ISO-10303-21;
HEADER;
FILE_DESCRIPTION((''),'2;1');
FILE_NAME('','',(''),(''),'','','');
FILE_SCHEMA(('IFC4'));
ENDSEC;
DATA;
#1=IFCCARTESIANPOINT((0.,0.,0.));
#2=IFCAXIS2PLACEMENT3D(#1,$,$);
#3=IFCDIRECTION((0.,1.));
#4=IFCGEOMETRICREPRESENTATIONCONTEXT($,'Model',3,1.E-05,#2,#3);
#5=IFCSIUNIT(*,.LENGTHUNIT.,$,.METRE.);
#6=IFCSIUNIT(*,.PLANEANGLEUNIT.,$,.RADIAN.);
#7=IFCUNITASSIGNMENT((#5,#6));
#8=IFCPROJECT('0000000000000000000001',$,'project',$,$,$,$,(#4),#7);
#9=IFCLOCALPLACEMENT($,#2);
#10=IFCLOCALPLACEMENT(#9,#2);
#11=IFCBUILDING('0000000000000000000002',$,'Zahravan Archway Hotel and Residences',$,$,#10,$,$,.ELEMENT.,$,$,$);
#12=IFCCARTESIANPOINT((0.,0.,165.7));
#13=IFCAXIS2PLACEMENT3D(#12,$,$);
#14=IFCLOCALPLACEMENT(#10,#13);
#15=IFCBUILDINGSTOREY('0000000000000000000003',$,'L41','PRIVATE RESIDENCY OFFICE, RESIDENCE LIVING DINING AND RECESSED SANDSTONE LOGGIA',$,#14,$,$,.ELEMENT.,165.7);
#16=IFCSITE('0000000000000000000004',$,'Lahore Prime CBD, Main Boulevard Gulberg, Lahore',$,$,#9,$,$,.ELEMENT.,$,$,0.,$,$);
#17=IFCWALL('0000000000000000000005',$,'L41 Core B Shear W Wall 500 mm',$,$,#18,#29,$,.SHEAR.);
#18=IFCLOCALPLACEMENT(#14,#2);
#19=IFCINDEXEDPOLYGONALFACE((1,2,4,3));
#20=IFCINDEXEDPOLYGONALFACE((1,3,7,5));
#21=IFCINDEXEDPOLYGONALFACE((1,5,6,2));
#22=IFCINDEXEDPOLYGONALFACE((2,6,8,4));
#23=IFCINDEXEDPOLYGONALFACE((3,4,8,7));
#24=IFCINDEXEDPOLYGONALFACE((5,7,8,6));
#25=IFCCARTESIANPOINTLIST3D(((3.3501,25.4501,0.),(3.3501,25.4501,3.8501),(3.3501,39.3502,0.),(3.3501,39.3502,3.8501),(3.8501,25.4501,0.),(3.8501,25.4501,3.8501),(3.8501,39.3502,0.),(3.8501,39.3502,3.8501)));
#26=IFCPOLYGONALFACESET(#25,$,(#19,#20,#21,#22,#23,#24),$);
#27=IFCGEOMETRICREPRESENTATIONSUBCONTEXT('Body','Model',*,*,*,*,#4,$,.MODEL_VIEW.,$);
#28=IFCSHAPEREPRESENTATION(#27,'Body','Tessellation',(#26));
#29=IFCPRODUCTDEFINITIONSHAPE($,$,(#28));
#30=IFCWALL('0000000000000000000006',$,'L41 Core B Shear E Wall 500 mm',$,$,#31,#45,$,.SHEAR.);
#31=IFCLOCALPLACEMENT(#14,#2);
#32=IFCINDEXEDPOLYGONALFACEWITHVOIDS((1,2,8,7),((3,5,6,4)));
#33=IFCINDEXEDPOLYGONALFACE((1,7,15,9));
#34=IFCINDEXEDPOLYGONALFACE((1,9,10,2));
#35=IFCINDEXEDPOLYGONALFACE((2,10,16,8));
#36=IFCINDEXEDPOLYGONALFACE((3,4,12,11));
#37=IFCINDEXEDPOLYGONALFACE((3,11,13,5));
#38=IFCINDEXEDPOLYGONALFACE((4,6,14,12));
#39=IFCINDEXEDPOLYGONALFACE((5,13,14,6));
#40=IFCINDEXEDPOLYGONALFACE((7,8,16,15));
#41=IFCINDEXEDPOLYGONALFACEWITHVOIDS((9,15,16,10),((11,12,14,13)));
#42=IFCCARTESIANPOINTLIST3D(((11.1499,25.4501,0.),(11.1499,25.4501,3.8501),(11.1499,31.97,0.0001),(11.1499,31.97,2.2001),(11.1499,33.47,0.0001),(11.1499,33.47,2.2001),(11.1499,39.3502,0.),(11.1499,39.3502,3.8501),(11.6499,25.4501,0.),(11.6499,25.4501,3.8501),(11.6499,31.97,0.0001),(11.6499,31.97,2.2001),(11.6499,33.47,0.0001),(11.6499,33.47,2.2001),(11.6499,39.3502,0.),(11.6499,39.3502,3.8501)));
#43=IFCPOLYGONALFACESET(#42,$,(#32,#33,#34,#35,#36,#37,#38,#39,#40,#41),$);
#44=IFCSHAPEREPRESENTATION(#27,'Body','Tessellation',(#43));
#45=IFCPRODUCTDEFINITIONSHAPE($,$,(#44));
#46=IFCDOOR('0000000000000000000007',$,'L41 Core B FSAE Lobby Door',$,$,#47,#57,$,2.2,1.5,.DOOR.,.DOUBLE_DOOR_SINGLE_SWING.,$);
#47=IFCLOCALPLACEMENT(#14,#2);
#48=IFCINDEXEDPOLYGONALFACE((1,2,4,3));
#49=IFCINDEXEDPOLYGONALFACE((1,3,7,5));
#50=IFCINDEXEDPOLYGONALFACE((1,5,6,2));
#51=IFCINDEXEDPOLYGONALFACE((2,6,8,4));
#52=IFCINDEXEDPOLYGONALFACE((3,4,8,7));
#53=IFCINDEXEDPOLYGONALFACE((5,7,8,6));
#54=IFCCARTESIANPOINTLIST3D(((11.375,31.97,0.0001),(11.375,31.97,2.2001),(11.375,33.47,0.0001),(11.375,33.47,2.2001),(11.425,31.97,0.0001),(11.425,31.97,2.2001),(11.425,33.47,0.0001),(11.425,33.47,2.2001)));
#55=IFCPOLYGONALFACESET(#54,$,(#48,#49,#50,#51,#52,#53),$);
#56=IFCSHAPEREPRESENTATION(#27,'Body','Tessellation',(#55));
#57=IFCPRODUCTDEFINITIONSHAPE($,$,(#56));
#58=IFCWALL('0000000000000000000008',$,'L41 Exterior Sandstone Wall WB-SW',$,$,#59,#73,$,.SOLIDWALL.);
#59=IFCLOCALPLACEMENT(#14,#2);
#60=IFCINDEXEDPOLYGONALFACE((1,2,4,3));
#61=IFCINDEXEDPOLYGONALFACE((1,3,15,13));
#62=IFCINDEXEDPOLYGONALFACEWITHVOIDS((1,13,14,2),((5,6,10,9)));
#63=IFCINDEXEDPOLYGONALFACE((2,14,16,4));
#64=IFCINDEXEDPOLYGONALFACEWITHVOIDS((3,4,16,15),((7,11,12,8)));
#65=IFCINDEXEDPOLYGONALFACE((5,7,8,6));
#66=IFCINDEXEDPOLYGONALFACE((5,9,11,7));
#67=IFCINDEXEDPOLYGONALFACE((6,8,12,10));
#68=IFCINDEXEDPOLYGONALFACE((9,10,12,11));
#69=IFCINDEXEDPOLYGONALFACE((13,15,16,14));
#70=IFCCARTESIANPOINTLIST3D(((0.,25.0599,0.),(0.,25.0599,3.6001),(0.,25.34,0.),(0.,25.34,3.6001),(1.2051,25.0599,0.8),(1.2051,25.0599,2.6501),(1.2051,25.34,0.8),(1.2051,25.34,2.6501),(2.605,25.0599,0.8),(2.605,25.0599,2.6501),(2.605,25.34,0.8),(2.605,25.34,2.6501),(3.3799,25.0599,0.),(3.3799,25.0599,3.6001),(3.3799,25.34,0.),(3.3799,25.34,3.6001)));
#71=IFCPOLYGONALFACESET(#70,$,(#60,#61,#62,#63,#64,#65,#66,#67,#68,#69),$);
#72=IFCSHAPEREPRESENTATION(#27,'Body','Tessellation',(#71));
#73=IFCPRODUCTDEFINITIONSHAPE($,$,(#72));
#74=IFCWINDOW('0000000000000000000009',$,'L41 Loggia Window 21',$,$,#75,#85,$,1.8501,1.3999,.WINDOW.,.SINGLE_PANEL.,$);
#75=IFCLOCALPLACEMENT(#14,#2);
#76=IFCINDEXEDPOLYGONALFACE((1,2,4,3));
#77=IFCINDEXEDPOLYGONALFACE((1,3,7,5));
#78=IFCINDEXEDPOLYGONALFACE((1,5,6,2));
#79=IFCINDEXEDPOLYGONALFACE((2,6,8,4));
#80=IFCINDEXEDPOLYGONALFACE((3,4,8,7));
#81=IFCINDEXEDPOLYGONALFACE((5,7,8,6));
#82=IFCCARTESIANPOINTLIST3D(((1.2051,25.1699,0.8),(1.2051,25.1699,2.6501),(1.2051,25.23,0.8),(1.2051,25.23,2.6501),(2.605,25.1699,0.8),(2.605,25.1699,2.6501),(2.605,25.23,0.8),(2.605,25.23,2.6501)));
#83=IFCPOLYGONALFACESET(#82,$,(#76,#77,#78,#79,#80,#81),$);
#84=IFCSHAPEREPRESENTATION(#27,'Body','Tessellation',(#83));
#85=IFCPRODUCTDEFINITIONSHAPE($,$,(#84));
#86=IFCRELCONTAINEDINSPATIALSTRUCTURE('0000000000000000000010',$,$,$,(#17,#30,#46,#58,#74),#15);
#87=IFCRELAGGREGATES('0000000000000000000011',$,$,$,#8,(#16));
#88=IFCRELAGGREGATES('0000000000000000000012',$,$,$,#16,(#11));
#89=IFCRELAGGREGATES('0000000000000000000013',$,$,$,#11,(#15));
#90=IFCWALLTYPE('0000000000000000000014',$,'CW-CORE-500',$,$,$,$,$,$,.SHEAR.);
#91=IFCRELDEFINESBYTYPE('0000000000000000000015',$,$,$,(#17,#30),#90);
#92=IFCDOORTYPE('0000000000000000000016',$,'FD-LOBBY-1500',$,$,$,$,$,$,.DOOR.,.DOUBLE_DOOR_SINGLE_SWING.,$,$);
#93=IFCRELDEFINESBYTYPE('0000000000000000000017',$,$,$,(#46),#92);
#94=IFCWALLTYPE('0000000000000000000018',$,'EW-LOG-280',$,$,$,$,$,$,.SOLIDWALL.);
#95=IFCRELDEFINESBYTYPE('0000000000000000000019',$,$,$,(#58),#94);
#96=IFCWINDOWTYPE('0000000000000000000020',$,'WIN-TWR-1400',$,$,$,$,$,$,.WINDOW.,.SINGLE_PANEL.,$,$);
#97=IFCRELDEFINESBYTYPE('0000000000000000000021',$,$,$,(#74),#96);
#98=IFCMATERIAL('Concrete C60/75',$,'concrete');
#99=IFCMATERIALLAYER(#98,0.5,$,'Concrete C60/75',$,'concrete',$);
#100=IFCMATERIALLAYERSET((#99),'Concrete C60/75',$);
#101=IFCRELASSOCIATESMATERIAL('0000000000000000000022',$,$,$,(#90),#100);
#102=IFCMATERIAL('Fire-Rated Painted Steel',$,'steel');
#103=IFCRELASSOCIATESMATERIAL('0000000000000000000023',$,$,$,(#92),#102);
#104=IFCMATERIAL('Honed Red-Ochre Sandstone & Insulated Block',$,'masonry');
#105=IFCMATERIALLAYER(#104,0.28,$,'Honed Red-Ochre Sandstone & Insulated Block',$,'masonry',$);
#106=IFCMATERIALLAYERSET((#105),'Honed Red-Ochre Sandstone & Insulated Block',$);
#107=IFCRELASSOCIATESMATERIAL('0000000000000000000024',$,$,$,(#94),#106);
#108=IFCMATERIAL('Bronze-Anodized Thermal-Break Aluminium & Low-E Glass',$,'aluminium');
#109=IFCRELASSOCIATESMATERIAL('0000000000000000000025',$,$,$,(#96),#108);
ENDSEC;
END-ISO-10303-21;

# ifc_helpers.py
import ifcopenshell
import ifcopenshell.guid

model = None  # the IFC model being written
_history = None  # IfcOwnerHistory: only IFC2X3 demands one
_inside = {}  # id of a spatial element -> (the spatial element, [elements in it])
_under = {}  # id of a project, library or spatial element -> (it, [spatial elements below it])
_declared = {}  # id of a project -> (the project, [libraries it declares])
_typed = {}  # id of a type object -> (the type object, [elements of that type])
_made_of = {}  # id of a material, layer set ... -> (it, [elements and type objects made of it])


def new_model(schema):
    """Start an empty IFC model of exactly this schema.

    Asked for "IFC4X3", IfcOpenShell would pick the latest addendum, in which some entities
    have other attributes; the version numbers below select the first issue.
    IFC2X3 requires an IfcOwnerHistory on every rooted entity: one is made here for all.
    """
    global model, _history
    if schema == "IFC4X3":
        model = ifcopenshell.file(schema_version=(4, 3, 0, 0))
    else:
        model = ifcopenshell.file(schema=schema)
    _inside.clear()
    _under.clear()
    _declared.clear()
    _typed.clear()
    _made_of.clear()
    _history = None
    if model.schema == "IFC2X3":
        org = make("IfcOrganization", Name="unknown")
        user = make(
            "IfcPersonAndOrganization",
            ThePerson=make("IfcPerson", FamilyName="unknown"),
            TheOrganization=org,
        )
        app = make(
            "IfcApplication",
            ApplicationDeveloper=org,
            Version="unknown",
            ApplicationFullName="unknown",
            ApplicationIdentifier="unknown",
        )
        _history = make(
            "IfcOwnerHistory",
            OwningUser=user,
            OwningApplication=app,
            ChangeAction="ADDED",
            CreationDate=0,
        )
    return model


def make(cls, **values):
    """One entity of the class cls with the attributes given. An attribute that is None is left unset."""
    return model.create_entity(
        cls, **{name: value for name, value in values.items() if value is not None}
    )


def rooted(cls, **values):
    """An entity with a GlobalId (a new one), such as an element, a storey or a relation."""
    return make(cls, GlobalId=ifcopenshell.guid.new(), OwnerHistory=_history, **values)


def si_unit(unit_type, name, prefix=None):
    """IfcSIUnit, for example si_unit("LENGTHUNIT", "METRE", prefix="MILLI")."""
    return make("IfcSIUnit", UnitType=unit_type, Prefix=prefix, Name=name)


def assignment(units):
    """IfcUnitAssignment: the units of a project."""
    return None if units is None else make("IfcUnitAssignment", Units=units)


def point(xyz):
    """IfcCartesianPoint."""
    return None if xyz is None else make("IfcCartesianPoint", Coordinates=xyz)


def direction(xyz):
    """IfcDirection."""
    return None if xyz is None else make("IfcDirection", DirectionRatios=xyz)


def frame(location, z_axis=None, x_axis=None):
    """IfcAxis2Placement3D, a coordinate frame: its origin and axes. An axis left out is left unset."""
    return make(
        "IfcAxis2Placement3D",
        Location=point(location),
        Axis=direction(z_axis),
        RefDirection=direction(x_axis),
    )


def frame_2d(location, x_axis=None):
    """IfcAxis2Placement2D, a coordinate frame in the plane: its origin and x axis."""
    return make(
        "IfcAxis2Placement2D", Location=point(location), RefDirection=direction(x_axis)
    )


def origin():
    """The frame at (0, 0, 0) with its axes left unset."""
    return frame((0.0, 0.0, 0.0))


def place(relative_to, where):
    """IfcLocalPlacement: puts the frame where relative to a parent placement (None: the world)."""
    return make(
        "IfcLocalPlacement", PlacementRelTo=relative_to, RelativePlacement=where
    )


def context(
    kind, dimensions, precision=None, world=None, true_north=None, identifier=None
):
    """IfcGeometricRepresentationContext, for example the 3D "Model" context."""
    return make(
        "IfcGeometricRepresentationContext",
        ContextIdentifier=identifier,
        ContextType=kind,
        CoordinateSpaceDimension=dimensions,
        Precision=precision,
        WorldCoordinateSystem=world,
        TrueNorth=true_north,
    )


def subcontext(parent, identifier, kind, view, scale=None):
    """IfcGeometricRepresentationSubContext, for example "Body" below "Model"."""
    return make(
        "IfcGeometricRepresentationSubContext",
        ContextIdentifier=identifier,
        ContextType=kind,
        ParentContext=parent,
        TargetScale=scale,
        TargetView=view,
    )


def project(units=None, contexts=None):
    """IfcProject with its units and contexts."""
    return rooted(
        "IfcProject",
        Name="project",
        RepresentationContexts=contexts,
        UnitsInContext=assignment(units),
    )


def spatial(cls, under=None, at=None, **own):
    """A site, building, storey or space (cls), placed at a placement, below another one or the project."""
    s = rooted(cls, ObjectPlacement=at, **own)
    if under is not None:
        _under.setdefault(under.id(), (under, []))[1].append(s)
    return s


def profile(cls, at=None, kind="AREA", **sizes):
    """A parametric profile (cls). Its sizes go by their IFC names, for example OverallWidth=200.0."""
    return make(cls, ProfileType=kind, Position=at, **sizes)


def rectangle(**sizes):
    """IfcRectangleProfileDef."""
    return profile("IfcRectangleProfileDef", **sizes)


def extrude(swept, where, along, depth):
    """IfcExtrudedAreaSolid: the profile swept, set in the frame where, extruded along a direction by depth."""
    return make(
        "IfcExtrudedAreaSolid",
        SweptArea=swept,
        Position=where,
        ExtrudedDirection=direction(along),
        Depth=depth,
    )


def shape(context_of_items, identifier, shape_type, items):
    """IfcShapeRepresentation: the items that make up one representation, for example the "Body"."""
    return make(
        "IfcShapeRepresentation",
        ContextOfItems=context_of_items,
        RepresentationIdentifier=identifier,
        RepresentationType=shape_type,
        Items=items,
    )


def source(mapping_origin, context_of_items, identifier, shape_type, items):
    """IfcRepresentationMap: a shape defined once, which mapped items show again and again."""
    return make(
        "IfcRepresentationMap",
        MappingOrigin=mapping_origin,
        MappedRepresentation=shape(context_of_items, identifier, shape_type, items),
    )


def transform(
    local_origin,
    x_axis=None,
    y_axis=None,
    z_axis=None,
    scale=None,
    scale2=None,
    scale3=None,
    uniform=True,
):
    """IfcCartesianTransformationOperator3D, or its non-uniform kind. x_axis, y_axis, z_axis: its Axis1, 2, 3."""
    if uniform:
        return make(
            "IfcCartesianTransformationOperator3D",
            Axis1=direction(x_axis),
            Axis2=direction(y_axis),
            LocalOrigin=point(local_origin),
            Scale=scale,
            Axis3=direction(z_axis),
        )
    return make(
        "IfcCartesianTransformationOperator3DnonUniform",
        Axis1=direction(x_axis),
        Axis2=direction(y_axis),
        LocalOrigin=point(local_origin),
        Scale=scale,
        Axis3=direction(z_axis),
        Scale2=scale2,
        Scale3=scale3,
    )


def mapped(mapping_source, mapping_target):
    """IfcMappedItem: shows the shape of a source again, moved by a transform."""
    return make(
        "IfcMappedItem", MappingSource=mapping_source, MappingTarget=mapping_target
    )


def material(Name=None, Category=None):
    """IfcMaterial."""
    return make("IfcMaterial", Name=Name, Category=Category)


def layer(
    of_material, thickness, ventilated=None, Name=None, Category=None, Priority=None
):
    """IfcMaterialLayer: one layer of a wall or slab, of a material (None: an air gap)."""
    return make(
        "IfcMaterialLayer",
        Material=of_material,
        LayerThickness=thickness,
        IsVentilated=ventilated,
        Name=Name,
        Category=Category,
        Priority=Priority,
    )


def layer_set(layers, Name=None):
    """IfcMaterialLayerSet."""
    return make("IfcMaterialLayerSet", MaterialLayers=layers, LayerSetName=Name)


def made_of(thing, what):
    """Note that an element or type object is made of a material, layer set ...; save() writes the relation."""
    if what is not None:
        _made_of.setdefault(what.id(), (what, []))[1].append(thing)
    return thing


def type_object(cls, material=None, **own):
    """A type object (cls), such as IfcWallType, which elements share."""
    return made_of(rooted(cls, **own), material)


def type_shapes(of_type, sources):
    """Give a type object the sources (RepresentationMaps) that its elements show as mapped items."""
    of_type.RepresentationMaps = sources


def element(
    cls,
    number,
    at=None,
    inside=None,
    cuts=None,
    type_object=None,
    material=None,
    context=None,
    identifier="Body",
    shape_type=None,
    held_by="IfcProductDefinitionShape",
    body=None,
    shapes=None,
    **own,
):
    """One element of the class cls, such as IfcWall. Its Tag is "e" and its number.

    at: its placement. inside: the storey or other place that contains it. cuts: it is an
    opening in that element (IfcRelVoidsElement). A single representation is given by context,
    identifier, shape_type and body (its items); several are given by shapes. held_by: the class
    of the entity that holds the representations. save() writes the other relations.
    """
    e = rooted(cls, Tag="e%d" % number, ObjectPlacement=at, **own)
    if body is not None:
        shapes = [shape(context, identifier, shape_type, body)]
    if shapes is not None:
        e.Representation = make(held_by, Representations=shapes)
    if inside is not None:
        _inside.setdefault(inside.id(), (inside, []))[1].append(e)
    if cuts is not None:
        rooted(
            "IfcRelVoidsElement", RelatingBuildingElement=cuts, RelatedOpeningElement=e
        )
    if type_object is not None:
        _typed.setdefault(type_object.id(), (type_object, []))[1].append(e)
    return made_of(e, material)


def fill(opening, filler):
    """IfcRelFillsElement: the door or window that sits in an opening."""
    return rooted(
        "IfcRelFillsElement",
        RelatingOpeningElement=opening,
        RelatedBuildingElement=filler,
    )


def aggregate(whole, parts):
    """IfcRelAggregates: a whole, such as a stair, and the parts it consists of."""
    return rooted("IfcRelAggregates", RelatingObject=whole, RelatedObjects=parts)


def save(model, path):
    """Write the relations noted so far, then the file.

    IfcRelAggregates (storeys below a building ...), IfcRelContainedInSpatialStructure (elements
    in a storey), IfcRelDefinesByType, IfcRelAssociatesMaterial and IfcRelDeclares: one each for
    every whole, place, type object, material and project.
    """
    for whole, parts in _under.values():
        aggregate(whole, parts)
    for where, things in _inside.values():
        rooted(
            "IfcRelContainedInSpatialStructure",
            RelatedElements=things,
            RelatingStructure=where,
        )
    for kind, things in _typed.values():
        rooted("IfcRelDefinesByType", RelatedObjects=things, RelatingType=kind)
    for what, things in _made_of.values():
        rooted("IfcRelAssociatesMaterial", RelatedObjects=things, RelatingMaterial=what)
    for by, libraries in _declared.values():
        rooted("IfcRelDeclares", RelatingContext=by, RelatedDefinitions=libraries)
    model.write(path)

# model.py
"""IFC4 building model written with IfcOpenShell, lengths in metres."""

from ifc_helpers import new_model, si_unit, direction, frame, frame_2d, origin, place, context, subcontext, project, spatial, rectangle, extrude, source, transform, mapped, material, layer, layer_set, type_object, type_shapes, element, fill, save


model = new_model("IFC4")

# Units and contexts
model_context = context("Model", 3, precision=1e-05, world=origin(), true_north=direction((0.0, 1.0)))
body_context = subcontext(model_context, "Body", "Model", "MODEL_VIEW")
ifc_project = project(units=[si_unit("LENGTHUNIT", "METRE"), si_unit("PLANEANGLEUNIT", "RADIAN")], contexts=[model_context])

# Site, building, storey
site_placement = place(None, origin())
site = spatial("IfcSite", under=ifc_project, at=site_placement, Name="Lahore Prime CBD, Main Boulevard Gulberg, Lahore", CompositionType="ELEMENT", RefElevation=0.0)
building_placement = place(site_placement, origin())
building = spatial("IfcBuilding", under=site, at=building_placement, Name="Zahravan Archway Hotel and Residences", CompositionType="ELEMENT")
storey_placement = place(building_placement, frame((0.0, 0.0, 165.7)))
storey = spatial("IfcBuildingStorey", under=building, at=storey_placement, Name="L41", Description="PRIVATE RESIDENCY OFFICE, RESIDENCE LIVING DINING AND RECESSED SANDSTONE LOGGIA", CompositionType="ELEMENT", Elevation=165.7)

# Shared definitions
ifc_material_1 = material(Name="Concrete C60/75", Category="concrete")

# Wall
ifc_layer_1 = layer(ifc_material_1, 0.5, Name="Concrete C60/75", Category="concrete")
ifc_layer_set_1 = layer_set([ifc_layer_1], Name="Concrete C60/75")
wall_type_1 = type_object("IfcWallType", Name="CW-CORE-500", PredefinedType="SHEAR", material=ifc_layer_set_1)
wall_1_placement = place(storey_placement, frame((3.6001, 25.45, 0.0), z_axis=(0.0, 0.0, 1.0), x_axis=(0.0, 1.0, 0.0)))
element("IfcWall", 1, at=wall_1_placement, inside=storey, type_object=wall_type_1, Name="L41 Core B Shear W Wall 500 mm", PredefinedType="SHEAR", context=body_context, shape_type="SweptSolid", body=[
    extrude(rectangle(XDim=13.9001, YDim=0.5, at=frame_2d((6.9502, 0.0))), origin(), (0.0, 0.0, 1.0), 3.8501),
])

# Wall, opening, door
wall_2_placement = place(storey_placement, frame((11.3999, 25.45, 0.0), z_axis=(0.0, 0.0, 1.0), x_axis=(0.0, 1.0, 0.0)))
wall_2 = element("IfcWall", 2, at=wall_2_placement, inside=storey, type_object=wall_type_1, Name="L41 Core B Shear E Wall 500 mm", PredefinedType="SHEAR", context=body_context, shape_type="SweptSolid", body=[
    extrude(rectangle(XDim=13.9001, YDim=0.5, at=frame_2d((6.9502, 0.0))), origin(), (0.0, 0.0, 1.0), 3.8501),
])
opening_1_placement = place(wall_2_placement, frame((6.52, 0.0, 0.0)))
opening_1 = element("IfcOpeningElement", 3, at=opening_1_placement, cuts=wall_2, PredefinedType="OPENING", context=body_context, shape_type="SweptSolid", body=[
    extrude(rectangle(XDim=1.5, YDim=2.2, at=frame_2d((0.75, 1.1001))), frame((0.0, 0.26, 0.0), z_axis=(0.0, -1.0, 0.0), x_axis=(1.0, 0.0, 0.0)), (0.0, 0.0, 1.0), 0.52),
])
ifc_material_2 = material(Name="Fire-Rated Painted Steel", Category="steel")
door_type_1 = type_object("IfcDoorType", Name="FD-LOBBY-1500", OperationType="DOUBLE_DOOR_SINGLE_SWING", PredefinedType="DOOR", material=ifc_material_2)
shared_shape_1 = source(origin(), body_context, "Body", "SweptSolid", [
    extrude(rectangle(XDim=1.5, YDim=2.2, at=frame_2d((0.75, 1.1001))), frame((0.0, 0.0249, 0.0), z_axis=(0.0, -1.0, 0.0), x_axis=(1.0, 0.0, 0.0)), (0.0, 0.0, 1.0), 0.05),
])
type_shapes(door_type_1, [shared_shape_1])
door_1_placement = place(opening_1_placement, origin())
door_1 = element("IfcDoor", 4, at=door_1_placement, inside=storey, type_object=door_type_1, Name="L41 Core B FSAE Lobby Door", OperationType="DOUBLE_DOOR_SINGLE_SWING", OverallHeight=2.2, OverallWidth=1.5, PredefinedType="DOOR", context=body_context, shape_type="MappedRepresentation", body=[
    mapped(shared_shape_1, transform((0.0, 0.0, 0.0), scale=1.0)),
])
fill(opening_1, door_1)

# Wall, opening, window
ifc_material_3 = material(Name="Honed Red-Ochre Sandstone & Insulated Block", Category="masonry")
ifc_layer_2 = layer(ifc_material_3, 0.28, Name="Honed Red-Ochre Sandstone & Insulated Block", Category="masonry")
ifc_layer_set_2 = layer_set([ifc_layer_2], Name="Honed Red-Ochre Sandstone & Insulated Block")
wall_type_2 = type_object("IfcWallType", Name="EW-LOG-280", PredefinedType="SOLIDWALL", material=ifc_layer_set_2)
wall_3_placement = place(storey_placement, frame((0.0, 25.2, 0.0), z_axis=(0.0, 0.0, 1.0), x_axis=(1.0, 0.0, 0.0)))
wall_3 = element("IfcWall", 5, at=wall_3_placement, inside=storey, type_object=wall_type_2, Name="L41 Exterior Sandstone Wall WB-SW", PredefinedType="SOLIDWALL", context=body_context, shape_type="SweptSolid", body=[
    extrude(rectangle(XDim=3.3799, YDim=0.28, at=frame_2d((1.6899, 0.0))), origin(), (0.0, 0.0, 1.0), 3.6001),
])
opening_2_placement = place(wall_3_placement, frame((1.2051, 0.0, 0.8)))
opening_2 = element("IfcOpeningElement", 6, at=opening_2_placement, cuts=wall_3, PredefinedType="OPENING", context=body_context, shape_type="SweptSolid", body=[
    extrude(rectangle(XDim=1.3999, YDim=1.8501, at=frame_2d((0.7, 0.925))), frame((0.0, 0.1499, 0.0), z_axis=(0.0, -1.0, 0.0), x_axis=(1.0, 0.0, 0.0)), (0.0, 0.0, 1.0), 0.3),
])
ifc_material_4 = material(Name="Bronze-Anodized Thermal-Break Aluminium & Low-E Glass", Category="aluminium")
window_type_1 = type_object("IfcWindowType", Name="WIN-TWR-1400", PartitioningType="SINGLE_PANEL", PredefinedType="WINDOW", material=ifc_material_4)
shared_shape_2 = source(origin(), body_context, "Body", "SweptSolid", [
    extrude(rectangle(XDim=1.3999, YDim=1.8501, at=frame_2d((0.7, 0.925))), frame((0.0, 0.03, 0.0), z_axis=(0.0, -1.0, 0.0), x_axis=(1.0, 0.0, 0.0)), (0.0, 0.0, 1.0), 0.0601),
])
type_shapes(window_type_1, [shared_shape_2])
window_1_placement = place(opening_2_placement, origin())
window_1 = element("IfcWindow", 7, at=window_1_placement, inside=storey, type_object=window_type_1, Name="L41 Loggia Window 21", OverallHeight=1.8501, OverallWidth=1.3999, PartitioningType="SINGLE_PANEL", PredefinedType="WINDOW", context=body_context, shape_type="MappedRepresentation", body=[
    mapped(shared_shape_2, transform((0.0, 0.0, 0.0), scale=1.0)),
])
fill(opening_2, window_1)

save(model, "model.ifc")
